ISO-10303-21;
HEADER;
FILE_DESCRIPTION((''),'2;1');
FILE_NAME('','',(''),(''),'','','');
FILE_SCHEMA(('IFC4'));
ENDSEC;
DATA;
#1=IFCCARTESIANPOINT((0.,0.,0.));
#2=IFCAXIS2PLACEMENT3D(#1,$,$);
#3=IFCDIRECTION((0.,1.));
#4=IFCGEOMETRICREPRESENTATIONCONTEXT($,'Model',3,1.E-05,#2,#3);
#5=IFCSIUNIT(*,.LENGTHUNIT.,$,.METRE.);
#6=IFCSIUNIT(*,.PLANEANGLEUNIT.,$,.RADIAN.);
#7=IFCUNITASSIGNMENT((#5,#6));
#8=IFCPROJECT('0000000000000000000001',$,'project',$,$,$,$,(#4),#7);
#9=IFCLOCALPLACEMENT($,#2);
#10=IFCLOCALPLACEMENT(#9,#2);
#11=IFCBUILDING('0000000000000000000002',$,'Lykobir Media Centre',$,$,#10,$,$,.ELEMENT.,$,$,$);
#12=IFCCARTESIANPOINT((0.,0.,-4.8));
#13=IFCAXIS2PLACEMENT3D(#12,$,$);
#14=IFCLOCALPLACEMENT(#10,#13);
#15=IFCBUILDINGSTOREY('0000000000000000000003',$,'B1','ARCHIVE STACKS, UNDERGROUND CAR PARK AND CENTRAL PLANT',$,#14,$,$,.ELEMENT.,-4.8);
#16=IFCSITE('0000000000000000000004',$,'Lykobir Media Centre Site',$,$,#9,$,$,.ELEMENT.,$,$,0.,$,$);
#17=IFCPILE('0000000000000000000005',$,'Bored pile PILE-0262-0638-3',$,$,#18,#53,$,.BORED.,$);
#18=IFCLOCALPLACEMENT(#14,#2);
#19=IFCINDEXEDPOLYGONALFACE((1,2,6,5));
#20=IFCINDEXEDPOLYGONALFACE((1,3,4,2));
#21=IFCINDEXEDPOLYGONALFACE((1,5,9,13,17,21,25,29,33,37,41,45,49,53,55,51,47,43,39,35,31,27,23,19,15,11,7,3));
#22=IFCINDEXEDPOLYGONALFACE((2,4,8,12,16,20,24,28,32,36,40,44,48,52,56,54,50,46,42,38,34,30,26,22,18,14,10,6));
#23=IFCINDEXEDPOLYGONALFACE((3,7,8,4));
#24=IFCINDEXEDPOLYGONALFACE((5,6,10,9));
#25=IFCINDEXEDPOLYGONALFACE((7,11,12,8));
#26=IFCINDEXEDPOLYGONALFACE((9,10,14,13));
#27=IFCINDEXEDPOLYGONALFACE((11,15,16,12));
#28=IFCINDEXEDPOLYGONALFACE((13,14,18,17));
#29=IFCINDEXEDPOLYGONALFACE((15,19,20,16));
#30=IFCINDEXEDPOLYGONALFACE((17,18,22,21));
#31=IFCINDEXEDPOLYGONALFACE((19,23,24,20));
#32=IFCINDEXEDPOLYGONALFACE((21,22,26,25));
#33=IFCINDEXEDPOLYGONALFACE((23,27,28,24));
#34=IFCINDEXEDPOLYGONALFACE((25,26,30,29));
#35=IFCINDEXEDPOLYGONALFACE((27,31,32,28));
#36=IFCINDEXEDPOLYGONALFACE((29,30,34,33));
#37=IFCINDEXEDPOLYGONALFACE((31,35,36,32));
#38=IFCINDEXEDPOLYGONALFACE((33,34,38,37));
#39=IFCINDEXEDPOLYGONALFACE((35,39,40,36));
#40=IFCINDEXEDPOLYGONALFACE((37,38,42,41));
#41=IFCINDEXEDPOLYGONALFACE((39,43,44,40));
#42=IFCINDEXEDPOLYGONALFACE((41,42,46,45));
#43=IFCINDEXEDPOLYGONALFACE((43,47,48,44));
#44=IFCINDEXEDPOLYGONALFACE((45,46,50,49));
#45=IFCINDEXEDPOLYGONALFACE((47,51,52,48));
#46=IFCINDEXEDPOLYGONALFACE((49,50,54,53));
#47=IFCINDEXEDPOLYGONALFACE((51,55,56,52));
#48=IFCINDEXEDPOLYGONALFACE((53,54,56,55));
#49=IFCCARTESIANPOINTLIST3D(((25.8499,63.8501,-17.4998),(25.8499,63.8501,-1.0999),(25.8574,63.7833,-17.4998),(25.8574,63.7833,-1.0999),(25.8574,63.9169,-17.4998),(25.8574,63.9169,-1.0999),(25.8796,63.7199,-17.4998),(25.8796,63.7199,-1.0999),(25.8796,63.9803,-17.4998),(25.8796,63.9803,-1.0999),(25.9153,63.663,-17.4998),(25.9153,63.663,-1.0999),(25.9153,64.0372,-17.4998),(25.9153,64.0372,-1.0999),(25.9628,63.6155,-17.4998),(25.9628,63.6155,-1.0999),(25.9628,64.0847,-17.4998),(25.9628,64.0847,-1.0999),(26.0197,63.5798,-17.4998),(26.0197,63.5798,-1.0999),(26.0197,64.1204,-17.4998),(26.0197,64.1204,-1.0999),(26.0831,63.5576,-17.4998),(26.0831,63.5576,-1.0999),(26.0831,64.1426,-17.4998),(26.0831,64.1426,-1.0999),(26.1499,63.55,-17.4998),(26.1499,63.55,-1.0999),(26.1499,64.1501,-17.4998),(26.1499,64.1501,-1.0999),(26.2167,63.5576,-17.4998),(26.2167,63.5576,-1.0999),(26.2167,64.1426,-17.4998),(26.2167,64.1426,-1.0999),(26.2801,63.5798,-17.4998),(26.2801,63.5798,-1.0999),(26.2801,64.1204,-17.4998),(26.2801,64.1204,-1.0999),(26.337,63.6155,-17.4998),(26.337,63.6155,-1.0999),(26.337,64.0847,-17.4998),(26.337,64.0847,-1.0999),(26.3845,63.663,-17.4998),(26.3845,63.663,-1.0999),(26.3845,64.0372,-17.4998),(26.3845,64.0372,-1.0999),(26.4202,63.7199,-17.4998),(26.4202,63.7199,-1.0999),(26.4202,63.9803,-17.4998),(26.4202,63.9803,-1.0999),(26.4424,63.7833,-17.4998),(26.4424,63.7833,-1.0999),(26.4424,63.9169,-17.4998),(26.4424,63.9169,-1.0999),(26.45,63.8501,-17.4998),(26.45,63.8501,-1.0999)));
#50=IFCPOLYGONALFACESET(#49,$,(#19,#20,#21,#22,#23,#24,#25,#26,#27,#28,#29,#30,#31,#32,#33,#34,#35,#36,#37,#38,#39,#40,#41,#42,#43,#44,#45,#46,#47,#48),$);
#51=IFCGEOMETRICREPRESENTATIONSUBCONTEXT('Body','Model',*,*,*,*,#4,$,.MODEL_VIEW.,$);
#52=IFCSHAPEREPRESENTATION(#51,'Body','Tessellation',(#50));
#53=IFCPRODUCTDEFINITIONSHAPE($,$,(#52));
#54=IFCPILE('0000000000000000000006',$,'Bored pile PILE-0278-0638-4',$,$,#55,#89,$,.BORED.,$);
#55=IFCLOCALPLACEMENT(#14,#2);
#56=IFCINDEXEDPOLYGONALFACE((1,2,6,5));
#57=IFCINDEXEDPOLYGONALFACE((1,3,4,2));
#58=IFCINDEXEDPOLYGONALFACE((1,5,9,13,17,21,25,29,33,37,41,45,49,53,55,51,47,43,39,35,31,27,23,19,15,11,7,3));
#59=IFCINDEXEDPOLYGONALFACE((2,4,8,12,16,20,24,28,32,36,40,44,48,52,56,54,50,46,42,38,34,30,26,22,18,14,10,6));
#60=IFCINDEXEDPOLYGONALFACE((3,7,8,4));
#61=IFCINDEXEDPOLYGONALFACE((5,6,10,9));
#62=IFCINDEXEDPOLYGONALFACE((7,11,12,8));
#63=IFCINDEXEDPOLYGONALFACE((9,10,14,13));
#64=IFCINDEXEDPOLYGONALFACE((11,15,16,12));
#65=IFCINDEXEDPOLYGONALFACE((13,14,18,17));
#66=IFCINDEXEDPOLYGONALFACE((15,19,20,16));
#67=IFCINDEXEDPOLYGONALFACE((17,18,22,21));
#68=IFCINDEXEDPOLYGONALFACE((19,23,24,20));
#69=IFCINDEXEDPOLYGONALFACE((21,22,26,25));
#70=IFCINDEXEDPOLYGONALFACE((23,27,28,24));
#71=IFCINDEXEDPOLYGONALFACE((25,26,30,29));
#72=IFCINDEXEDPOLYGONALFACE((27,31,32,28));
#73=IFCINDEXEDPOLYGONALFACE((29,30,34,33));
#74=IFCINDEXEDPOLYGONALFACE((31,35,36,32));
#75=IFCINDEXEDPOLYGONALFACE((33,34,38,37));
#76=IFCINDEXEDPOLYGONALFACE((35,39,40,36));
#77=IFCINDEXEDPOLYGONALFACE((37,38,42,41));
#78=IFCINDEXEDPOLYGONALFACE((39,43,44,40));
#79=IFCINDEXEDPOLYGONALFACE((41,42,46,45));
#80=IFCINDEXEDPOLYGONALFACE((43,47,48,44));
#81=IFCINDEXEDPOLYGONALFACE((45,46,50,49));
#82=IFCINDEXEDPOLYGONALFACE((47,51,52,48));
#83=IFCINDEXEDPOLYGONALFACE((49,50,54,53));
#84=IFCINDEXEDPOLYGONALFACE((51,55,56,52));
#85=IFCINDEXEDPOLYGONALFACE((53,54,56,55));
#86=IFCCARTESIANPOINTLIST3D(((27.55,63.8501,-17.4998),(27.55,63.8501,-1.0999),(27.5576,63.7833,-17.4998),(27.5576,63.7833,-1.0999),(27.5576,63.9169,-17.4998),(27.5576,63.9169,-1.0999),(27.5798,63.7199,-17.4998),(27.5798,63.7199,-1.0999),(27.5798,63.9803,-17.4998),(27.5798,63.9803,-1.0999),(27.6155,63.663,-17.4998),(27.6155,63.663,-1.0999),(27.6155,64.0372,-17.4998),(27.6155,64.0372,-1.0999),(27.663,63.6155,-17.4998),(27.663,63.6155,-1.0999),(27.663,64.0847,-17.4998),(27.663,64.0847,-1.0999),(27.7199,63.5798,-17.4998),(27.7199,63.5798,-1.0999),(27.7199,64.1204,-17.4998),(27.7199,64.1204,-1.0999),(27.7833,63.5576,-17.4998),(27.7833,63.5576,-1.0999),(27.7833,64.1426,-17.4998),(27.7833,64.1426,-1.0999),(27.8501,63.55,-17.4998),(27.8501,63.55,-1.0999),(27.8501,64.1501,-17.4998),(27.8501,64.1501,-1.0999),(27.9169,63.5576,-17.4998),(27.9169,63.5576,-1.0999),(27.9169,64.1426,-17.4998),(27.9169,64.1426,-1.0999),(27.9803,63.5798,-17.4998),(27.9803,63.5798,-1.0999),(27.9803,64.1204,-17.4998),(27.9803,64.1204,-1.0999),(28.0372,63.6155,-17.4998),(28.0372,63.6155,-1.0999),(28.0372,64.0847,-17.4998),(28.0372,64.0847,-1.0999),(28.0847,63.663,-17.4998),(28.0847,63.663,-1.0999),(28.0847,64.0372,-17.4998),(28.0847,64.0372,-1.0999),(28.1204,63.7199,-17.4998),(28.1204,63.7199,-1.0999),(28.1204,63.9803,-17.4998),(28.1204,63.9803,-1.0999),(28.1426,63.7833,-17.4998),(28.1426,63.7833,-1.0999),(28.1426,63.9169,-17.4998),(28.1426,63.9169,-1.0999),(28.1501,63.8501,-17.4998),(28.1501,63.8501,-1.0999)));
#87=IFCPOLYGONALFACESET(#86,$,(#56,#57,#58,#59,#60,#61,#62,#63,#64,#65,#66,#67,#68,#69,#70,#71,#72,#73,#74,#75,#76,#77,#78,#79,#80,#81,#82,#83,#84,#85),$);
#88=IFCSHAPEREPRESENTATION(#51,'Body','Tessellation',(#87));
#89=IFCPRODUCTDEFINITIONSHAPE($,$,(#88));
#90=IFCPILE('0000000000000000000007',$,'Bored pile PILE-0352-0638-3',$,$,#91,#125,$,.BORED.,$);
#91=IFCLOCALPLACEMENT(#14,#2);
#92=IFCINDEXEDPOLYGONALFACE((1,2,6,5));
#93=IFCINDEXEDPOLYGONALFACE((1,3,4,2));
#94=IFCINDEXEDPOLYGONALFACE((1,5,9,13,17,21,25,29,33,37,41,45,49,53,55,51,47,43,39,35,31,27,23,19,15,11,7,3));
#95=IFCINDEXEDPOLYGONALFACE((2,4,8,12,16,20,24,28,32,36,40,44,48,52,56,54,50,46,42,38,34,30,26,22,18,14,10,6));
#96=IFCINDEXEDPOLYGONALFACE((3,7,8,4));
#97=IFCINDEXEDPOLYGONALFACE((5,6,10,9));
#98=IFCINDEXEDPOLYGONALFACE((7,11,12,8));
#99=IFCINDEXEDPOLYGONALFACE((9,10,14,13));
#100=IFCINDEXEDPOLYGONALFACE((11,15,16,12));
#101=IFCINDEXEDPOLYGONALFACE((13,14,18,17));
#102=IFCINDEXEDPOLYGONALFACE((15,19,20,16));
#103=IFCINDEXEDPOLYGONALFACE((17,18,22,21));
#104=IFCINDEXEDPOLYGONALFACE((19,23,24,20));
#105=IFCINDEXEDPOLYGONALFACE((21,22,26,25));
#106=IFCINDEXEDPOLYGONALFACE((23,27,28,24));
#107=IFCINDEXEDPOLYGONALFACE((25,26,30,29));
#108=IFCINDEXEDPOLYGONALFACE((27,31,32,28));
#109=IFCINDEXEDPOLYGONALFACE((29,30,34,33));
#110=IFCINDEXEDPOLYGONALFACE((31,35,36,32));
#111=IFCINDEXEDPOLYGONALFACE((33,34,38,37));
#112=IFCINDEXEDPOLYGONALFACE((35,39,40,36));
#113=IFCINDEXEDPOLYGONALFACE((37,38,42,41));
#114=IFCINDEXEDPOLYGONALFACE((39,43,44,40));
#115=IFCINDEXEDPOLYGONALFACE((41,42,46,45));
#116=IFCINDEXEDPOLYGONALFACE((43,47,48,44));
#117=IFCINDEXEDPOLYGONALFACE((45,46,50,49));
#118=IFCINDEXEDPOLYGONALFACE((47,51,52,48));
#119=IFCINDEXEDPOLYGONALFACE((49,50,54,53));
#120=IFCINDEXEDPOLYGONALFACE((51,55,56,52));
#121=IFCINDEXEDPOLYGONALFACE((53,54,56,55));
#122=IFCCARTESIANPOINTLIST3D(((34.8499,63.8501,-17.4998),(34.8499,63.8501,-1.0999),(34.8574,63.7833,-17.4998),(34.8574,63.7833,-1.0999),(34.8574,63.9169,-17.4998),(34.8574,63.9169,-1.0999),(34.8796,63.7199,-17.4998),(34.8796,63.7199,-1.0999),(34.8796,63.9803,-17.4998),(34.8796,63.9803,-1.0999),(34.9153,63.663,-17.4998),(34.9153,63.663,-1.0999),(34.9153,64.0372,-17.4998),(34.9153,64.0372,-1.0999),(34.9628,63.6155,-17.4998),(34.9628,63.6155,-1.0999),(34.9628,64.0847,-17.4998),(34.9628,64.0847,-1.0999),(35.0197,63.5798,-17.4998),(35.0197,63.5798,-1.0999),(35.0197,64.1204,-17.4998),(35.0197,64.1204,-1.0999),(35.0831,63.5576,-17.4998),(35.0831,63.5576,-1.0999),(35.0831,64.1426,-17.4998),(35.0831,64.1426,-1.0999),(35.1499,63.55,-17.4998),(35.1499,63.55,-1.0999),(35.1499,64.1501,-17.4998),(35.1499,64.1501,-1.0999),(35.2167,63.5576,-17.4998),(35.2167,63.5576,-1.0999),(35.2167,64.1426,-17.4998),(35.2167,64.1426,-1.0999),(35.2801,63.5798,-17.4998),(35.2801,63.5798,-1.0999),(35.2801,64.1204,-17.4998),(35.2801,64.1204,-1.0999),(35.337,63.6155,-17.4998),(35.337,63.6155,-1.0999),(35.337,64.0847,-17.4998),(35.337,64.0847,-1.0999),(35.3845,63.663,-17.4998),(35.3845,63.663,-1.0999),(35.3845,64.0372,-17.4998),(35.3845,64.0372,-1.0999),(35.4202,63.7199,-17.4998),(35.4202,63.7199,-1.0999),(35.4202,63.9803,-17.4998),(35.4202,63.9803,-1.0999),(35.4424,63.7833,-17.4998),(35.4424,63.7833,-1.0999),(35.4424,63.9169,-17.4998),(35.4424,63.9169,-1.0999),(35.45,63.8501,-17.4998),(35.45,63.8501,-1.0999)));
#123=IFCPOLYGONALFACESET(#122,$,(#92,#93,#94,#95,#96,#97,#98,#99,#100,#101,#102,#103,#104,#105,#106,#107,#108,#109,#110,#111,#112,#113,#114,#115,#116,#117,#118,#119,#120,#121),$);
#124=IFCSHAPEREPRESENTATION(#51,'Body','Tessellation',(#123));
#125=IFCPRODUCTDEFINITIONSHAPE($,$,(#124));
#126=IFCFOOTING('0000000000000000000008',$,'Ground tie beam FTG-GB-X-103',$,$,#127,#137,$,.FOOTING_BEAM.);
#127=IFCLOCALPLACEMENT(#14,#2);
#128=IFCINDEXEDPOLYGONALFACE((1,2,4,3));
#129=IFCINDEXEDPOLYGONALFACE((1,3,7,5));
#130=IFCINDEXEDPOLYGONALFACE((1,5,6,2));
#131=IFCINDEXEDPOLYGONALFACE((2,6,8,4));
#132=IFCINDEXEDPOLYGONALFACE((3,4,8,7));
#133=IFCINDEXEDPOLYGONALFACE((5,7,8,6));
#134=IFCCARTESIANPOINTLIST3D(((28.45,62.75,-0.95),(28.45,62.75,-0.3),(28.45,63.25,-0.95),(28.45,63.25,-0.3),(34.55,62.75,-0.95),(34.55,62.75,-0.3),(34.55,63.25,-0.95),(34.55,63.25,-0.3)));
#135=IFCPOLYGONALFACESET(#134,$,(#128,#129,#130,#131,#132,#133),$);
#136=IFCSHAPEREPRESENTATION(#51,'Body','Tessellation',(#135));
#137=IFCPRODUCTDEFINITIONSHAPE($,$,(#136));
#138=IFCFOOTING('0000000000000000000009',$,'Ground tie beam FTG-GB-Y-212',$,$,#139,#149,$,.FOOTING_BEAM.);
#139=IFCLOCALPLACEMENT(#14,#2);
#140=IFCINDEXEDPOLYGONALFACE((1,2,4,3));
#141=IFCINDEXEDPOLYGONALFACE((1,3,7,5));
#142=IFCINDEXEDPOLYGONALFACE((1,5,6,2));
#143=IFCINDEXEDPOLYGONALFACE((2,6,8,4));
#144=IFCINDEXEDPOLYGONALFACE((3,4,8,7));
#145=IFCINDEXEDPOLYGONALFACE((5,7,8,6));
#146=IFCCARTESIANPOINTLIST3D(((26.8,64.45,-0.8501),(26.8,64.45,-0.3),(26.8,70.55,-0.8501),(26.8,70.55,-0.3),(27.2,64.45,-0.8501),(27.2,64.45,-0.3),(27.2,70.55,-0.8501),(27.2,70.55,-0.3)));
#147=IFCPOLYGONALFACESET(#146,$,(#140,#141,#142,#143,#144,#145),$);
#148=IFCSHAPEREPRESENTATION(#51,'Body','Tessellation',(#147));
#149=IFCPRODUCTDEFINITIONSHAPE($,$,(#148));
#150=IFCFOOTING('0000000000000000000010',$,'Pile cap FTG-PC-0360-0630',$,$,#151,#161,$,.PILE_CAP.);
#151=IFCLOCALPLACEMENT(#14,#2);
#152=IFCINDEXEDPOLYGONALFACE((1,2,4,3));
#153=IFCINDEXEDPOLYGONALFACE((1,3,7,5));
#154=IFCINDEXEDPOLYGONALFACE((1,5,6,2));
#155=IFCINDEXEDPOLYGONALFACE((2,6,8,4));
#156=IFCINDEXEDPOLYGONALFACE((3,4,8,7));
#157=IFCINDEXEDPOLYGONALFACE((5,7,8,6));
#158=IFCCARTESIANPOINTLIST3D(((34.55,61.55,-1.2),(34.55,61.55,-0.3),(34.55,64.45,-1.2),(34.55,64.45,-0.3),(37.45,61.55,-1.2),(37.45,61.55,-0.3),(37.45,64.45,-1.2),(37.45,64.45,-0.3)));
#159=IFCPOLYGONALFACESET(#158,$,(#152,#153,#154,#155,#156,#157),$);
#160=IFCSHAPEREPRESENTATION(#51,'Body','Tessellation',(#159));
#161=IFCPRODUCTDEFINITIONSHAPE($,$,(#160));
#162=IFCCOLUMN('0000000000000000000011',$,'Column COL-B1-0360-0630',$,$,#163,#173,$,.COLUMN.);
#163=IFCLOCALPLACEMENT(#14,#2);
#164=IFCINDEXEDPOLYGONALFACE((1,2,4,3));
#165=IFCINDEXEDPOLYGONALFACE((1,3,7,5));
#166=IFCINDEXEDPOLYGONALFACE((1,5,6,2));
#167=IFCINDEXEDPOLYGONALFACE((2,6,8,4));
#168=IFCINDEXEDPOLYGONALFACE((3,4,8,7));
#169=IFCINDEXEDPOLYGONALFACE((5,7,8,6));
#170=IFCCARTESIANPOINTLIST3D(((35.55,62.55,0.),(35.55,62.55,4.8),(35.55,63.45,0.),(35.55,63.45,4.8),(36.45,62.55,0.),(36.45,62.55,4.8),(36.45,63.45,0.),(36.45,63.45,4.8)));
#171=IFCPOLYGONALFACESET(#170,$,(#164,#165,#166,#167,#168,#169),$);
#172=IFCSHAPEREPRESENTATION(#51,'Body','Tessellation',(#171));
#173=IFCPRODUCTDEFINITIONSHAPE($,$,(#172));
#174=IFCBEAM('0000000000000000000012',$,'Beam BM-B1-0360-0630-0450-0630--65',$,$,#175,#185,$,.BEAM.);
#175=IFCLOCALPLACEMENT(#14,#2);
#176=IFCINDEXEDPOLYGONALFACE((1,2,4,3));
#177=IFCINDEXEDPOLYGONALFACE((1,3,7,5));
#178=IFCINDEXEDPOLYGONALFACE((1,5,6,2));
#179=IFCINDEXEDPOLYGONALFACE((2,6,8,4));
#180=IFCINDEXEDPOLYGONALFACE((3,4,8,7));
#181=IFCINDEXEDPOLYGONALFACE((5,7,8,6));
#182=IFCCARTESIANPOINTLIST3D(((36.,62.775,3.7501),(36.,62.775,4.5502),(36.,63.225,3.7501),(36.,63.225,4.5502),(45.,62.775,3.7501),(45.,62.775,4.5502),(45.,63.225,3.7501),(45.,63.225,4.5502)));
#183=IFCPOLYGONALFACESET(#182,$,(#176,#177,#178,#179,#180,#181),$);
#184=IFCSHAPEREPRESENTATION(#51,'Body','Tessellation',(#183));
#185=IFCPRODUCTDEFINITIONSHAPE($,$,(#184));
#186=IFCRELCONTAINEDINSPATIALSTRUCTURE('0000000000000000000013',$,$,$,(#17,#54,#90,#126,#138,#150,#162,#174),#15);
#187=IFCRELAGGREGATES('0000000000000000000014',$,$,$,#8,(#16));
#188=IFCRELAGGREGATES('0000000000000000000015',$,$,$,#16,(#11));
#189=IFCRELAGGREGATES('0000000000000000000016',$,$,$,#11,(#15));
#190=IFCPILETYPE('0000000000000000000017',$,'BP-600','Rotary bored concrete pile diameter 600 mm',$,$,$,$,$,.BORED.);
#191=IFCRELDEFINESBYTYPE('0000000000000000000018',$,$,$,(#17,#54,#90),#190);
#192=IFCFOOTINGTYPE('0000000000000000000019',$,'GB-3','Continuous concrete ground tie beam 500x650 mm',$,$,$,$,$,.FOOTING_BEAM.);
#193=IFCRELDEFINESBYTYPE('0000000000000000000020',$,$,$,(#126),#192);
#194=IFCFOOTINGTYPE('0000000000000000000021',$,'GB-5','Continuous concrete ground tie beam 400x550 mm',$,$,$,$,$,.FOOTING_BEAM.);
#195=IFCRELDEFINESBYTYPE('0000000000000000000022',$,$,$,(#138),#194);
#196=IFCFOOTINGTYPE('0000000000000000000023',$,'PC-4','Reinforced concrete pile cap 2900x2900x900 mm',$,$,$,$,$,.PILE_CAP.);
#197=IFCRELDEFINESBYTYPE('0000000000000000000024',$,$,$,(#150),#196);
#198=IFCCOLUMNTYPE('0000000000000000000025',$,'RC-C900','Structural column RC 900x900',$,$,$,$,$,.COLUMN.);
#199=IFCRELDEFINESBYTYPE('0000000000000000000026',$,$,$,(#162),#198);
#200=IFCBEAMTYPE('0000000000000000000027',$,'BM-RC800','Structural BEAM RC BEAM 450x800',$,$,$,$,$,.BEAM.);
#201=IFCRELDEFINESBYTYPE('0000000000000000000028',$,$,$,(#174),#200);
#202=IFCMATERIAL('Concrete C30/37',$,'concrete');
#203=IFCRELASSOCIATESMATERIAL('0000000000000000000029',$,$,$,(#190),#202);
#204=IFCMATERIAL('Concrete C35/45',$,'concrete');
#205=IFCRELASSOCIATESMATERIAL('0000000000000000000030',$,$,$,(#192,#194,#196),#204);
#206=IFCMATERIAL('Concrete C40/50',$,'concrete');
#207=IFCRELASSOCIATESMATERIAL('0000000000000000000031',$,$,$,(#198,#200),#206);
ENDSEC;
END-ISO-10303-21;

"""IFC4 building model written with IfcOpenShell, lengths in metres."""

from ifc_helpers import new_model, si_unit, direction, frame, origin, origin_2d, place, context, subcontext, project, spatial, rectangle, circle, extrude, material, material_profile, profile_set, type_object, element, save


model = new_model("IFC4")

# Units and contexts
model_context = context("Model", 3, precision=1e-05, world=origin(), true_north=direction((0.0, 1.0)))
body_context = subcontext(model_context, "Body", "Model", "MODEL_VIEW")
ifc_project = project(units=[si_unit("LENGTHUNIT", "METRE"), si_unit("PLANEANGLEUNIT", "RADIAN")], contexts=[model_context])

# Site, building, storey
site_placement = place(None, origin())
site = spatial("IfcSite", under=ifc_project, at=site_placement, Name="Lykobir Media Centre Site", CompositionType="ELEMENT", RefElevation=0.0)
building_placement = place(site_placement, origin())
building = spatial("IfcBuilding", under=site, at=building_placement, Name="Lykobir Media Centre", CompositionType="ELEMENT")
storey_placement = place(building_placement, frame((0.0, 0.0, -4.8)))
storey = spatial("IfcBuildingStorey", under=building, at=storey_placement, Name="B1", Description="ARCHIVE STACKS, UNDERGROUND CAR PARK AND CENTRAL PLANT", CompositionType="ELEMENT", Elevation=-4.8)

# Piles
ifc_material_1 = material(Name="Concrete C30/37", Category="concrete")
ifc_material_profile_1 = material_profile(ifc_material_1, circle(Radius=0.3, at=origin_2d()), Name="BORED PILE D600")
ifc_profile_set_1 = profile_set([ifc_material_profile_1], Name="Concrete C30/37")
pile_type = type_object("IfcPileType", Name="BP-600", Description="Rotary bored concrete pile diameter 600 mm", PredefinedType="BORED", material=ifc_profile_set_1)
for number, where, z_axis, x_axis, name in (
    (1, (26.1499, 63.8501, -1.0999), (0.0, 0.0, -1.0), (1.0, 0.0, 0.0), "Bored pile PILE-0262-0638-3"),
    (2, (27.8501, 63.8501, -1.0999), (0.0, 0.0, -1.0), (1.0, 0.0, 0.0), "Bored pile PILE-0278-0638-4"),
    (3, (35.1499, 63.8501, -1.0999), (0.0, 0.0, -1.0), (1.0, 0.0, 0.0), "Bored pile PILE-0352-0638-3"),
):
    element("IfcPile", number, at=place(storey_placement, frame(where, z_axis=z_axis, x_axis=x_axis)), inside=storey, type_object=pile_type, Name=name, PredefinedType="BORED", context=body_context, shape_type="SweptSolid", body=[
        extrude(circle(Radius=0.3, at=origin_2d()), origin(), (0.0, 0.0, 1.0), 16.3999),
    ])

# Footings
ifc_material_2 = material(Name="Concrete C35/45", Category="concrete")
footing_type_1 = type_object("IfcFootingType", Name="GB-3", Description="Continuous concrete ground tie beam 500x650 mm", PredefinedType="FOOTING_BEAM", material=ifc_material_2)
footing_1_placement = place(storey_placement, frame((31.5, 63.0, -0.95), z_axis=(0.0, 0.0, 1.0), x_axis=(1.0, 0.0, 0.0)))
element("IfcFooting", 4, at=footing_1_placement, inside=storey, type_object=footing_type_1, Name="Ground tie beam FTG-GB-X-103", PredefinedType="FOOTING_BEAM", context=body_context, shape_type="SweptSolid", body=[
    extrude(rectangle(XDim=6.1001, YDim=0.5, at=origin_2d()), origin(), (0.0, 0.0, 1.0), 0.6499),
])
footing_type_2 = type_object("IfcFootingType", Name="GB-5", Description="Continuous concrete ground tie beam 400x550 mm", PredefinedType="FOOTING_BEAM", material=ifc_material_2)
footing_2_placement = place(storey_placement, frame((27.0, 67.5, -0.8501), z_axis=(0.0, 0.0, 1.0), x_axis=(0.0, 1.0, 0.0)))
element("IfcFooting", 5, at=footing_2_placement, inside=storey, type_object=footing_type_2, Name="Ground tie beam FTG-GB-Y-212", PredefinedType="FOOTING_BEAM", context=body_context, shape_type="SweptSolid", body=[
    extrude(rectangle(XDim=6.1001, YDim=0.3999, at=origin_2d()), origin(), (0.0, 0.0, 1.0), 0.55),
])
footing_type_3 = type_object("IfcFootingType", Name="PC-4", Description="Reinforced concrete pile cap 2900x2900x900 mm", PredefinedType="PILE_CAP", material=ifc_material_2)
footing_3_placement = place(storey_placement, frame((36.0, 63.0, -1.2), z_axis=(0.0, 0.0, 1.0), x_axis=(1.0, 0.0, 0.0)))
element("IfcFooting", 6, at=footing_3_placement, inside=storey, type_object=footing_type_3, Name="Pile cap FTG-PC-0360-0630", PredefinedType="PILE_CAP", context=body_context, shape_type="SweptSolid", body=[
    extrude(rectangle(XDim=2.8999, YDim=2.8999, at=origin_2d()), origin(), (0.0, 0.0, 1.0), 0.8999),
])

# Column
ifc_material_3 = material(Name="Concrete C40/50", Category="concrete")
ifc_material_profile_2 = material_profile(ifc_material_3, rectangle(XDim=0.8999, YDim=0.8999, at=origin_2d()), Name="RC 900x900")
ifc_profile_set_2 = profile_set([ifc_material_profile_2], Name="Concrete C40/50")
column_type = type_object("IfcColumnType", Name="RC-C900", Description="Structural column RC 900x900", PredefinedType="COLUMN", material=ifc_profile_set_2)
column_placement = place(storey_placement, frame((36.0, 63.0, 0.0), z_axis=(0.0, 0.0, 1.0), x_axis=(1.0, 0.0, 0.0)))
element("IfcColumn", 7, at=column_placement, inside=storey, type_object=column_type, Name="Column COL-B1-0360-0630", PredefinedType="COLUMN", context=body_context, shape_type="SweptSolid", body=[
    extrude(rectangle(XDim=0.8999, YDim=0.8999, at=origin_2d()), origin(), (0.0, 0.0, 1.0), 4.8),
])

# Beam
ifc_material_profile_3 = material_profile(ifc_material_3, rectangle(XDim=0.45, YDim=0.8, at=origin_2d()), Name="RC BEAM 450x800")
ifc_profile_set_3 = profile_set([ifc_material_profile_3], Name="Concrete C40/50")
beam_type_1 = type_object("IfcBeamType", Name="BM-RC800", Description="Structural BEAM RC BEAM 450x800", PredefinedType="BEAM", material=ifc_profile_set_3)
beam_1_placement = place(storey_placement, frame((36.0, 63.0, 4.1501), z_axis=(1.0, 0.0, 0.0), x_axis=(0.0, 1.0, 0.0)))
element("IfcBeam", 8, at=beam_1_placement, inside=storey, type_object=beam_type_1, Name="Beam BM-B1-0360-0630-0450-0630--65", PredefinedType="BEAM", context=body_context, shape_type="SweptSolid", body=[
    extrude(rectangle(XDim=0.45, YDim=0.8, at=origin_2d()), origin(), (0.0, 0.0, 1.0), 9.0),
])

save(model, "model.ifc")
